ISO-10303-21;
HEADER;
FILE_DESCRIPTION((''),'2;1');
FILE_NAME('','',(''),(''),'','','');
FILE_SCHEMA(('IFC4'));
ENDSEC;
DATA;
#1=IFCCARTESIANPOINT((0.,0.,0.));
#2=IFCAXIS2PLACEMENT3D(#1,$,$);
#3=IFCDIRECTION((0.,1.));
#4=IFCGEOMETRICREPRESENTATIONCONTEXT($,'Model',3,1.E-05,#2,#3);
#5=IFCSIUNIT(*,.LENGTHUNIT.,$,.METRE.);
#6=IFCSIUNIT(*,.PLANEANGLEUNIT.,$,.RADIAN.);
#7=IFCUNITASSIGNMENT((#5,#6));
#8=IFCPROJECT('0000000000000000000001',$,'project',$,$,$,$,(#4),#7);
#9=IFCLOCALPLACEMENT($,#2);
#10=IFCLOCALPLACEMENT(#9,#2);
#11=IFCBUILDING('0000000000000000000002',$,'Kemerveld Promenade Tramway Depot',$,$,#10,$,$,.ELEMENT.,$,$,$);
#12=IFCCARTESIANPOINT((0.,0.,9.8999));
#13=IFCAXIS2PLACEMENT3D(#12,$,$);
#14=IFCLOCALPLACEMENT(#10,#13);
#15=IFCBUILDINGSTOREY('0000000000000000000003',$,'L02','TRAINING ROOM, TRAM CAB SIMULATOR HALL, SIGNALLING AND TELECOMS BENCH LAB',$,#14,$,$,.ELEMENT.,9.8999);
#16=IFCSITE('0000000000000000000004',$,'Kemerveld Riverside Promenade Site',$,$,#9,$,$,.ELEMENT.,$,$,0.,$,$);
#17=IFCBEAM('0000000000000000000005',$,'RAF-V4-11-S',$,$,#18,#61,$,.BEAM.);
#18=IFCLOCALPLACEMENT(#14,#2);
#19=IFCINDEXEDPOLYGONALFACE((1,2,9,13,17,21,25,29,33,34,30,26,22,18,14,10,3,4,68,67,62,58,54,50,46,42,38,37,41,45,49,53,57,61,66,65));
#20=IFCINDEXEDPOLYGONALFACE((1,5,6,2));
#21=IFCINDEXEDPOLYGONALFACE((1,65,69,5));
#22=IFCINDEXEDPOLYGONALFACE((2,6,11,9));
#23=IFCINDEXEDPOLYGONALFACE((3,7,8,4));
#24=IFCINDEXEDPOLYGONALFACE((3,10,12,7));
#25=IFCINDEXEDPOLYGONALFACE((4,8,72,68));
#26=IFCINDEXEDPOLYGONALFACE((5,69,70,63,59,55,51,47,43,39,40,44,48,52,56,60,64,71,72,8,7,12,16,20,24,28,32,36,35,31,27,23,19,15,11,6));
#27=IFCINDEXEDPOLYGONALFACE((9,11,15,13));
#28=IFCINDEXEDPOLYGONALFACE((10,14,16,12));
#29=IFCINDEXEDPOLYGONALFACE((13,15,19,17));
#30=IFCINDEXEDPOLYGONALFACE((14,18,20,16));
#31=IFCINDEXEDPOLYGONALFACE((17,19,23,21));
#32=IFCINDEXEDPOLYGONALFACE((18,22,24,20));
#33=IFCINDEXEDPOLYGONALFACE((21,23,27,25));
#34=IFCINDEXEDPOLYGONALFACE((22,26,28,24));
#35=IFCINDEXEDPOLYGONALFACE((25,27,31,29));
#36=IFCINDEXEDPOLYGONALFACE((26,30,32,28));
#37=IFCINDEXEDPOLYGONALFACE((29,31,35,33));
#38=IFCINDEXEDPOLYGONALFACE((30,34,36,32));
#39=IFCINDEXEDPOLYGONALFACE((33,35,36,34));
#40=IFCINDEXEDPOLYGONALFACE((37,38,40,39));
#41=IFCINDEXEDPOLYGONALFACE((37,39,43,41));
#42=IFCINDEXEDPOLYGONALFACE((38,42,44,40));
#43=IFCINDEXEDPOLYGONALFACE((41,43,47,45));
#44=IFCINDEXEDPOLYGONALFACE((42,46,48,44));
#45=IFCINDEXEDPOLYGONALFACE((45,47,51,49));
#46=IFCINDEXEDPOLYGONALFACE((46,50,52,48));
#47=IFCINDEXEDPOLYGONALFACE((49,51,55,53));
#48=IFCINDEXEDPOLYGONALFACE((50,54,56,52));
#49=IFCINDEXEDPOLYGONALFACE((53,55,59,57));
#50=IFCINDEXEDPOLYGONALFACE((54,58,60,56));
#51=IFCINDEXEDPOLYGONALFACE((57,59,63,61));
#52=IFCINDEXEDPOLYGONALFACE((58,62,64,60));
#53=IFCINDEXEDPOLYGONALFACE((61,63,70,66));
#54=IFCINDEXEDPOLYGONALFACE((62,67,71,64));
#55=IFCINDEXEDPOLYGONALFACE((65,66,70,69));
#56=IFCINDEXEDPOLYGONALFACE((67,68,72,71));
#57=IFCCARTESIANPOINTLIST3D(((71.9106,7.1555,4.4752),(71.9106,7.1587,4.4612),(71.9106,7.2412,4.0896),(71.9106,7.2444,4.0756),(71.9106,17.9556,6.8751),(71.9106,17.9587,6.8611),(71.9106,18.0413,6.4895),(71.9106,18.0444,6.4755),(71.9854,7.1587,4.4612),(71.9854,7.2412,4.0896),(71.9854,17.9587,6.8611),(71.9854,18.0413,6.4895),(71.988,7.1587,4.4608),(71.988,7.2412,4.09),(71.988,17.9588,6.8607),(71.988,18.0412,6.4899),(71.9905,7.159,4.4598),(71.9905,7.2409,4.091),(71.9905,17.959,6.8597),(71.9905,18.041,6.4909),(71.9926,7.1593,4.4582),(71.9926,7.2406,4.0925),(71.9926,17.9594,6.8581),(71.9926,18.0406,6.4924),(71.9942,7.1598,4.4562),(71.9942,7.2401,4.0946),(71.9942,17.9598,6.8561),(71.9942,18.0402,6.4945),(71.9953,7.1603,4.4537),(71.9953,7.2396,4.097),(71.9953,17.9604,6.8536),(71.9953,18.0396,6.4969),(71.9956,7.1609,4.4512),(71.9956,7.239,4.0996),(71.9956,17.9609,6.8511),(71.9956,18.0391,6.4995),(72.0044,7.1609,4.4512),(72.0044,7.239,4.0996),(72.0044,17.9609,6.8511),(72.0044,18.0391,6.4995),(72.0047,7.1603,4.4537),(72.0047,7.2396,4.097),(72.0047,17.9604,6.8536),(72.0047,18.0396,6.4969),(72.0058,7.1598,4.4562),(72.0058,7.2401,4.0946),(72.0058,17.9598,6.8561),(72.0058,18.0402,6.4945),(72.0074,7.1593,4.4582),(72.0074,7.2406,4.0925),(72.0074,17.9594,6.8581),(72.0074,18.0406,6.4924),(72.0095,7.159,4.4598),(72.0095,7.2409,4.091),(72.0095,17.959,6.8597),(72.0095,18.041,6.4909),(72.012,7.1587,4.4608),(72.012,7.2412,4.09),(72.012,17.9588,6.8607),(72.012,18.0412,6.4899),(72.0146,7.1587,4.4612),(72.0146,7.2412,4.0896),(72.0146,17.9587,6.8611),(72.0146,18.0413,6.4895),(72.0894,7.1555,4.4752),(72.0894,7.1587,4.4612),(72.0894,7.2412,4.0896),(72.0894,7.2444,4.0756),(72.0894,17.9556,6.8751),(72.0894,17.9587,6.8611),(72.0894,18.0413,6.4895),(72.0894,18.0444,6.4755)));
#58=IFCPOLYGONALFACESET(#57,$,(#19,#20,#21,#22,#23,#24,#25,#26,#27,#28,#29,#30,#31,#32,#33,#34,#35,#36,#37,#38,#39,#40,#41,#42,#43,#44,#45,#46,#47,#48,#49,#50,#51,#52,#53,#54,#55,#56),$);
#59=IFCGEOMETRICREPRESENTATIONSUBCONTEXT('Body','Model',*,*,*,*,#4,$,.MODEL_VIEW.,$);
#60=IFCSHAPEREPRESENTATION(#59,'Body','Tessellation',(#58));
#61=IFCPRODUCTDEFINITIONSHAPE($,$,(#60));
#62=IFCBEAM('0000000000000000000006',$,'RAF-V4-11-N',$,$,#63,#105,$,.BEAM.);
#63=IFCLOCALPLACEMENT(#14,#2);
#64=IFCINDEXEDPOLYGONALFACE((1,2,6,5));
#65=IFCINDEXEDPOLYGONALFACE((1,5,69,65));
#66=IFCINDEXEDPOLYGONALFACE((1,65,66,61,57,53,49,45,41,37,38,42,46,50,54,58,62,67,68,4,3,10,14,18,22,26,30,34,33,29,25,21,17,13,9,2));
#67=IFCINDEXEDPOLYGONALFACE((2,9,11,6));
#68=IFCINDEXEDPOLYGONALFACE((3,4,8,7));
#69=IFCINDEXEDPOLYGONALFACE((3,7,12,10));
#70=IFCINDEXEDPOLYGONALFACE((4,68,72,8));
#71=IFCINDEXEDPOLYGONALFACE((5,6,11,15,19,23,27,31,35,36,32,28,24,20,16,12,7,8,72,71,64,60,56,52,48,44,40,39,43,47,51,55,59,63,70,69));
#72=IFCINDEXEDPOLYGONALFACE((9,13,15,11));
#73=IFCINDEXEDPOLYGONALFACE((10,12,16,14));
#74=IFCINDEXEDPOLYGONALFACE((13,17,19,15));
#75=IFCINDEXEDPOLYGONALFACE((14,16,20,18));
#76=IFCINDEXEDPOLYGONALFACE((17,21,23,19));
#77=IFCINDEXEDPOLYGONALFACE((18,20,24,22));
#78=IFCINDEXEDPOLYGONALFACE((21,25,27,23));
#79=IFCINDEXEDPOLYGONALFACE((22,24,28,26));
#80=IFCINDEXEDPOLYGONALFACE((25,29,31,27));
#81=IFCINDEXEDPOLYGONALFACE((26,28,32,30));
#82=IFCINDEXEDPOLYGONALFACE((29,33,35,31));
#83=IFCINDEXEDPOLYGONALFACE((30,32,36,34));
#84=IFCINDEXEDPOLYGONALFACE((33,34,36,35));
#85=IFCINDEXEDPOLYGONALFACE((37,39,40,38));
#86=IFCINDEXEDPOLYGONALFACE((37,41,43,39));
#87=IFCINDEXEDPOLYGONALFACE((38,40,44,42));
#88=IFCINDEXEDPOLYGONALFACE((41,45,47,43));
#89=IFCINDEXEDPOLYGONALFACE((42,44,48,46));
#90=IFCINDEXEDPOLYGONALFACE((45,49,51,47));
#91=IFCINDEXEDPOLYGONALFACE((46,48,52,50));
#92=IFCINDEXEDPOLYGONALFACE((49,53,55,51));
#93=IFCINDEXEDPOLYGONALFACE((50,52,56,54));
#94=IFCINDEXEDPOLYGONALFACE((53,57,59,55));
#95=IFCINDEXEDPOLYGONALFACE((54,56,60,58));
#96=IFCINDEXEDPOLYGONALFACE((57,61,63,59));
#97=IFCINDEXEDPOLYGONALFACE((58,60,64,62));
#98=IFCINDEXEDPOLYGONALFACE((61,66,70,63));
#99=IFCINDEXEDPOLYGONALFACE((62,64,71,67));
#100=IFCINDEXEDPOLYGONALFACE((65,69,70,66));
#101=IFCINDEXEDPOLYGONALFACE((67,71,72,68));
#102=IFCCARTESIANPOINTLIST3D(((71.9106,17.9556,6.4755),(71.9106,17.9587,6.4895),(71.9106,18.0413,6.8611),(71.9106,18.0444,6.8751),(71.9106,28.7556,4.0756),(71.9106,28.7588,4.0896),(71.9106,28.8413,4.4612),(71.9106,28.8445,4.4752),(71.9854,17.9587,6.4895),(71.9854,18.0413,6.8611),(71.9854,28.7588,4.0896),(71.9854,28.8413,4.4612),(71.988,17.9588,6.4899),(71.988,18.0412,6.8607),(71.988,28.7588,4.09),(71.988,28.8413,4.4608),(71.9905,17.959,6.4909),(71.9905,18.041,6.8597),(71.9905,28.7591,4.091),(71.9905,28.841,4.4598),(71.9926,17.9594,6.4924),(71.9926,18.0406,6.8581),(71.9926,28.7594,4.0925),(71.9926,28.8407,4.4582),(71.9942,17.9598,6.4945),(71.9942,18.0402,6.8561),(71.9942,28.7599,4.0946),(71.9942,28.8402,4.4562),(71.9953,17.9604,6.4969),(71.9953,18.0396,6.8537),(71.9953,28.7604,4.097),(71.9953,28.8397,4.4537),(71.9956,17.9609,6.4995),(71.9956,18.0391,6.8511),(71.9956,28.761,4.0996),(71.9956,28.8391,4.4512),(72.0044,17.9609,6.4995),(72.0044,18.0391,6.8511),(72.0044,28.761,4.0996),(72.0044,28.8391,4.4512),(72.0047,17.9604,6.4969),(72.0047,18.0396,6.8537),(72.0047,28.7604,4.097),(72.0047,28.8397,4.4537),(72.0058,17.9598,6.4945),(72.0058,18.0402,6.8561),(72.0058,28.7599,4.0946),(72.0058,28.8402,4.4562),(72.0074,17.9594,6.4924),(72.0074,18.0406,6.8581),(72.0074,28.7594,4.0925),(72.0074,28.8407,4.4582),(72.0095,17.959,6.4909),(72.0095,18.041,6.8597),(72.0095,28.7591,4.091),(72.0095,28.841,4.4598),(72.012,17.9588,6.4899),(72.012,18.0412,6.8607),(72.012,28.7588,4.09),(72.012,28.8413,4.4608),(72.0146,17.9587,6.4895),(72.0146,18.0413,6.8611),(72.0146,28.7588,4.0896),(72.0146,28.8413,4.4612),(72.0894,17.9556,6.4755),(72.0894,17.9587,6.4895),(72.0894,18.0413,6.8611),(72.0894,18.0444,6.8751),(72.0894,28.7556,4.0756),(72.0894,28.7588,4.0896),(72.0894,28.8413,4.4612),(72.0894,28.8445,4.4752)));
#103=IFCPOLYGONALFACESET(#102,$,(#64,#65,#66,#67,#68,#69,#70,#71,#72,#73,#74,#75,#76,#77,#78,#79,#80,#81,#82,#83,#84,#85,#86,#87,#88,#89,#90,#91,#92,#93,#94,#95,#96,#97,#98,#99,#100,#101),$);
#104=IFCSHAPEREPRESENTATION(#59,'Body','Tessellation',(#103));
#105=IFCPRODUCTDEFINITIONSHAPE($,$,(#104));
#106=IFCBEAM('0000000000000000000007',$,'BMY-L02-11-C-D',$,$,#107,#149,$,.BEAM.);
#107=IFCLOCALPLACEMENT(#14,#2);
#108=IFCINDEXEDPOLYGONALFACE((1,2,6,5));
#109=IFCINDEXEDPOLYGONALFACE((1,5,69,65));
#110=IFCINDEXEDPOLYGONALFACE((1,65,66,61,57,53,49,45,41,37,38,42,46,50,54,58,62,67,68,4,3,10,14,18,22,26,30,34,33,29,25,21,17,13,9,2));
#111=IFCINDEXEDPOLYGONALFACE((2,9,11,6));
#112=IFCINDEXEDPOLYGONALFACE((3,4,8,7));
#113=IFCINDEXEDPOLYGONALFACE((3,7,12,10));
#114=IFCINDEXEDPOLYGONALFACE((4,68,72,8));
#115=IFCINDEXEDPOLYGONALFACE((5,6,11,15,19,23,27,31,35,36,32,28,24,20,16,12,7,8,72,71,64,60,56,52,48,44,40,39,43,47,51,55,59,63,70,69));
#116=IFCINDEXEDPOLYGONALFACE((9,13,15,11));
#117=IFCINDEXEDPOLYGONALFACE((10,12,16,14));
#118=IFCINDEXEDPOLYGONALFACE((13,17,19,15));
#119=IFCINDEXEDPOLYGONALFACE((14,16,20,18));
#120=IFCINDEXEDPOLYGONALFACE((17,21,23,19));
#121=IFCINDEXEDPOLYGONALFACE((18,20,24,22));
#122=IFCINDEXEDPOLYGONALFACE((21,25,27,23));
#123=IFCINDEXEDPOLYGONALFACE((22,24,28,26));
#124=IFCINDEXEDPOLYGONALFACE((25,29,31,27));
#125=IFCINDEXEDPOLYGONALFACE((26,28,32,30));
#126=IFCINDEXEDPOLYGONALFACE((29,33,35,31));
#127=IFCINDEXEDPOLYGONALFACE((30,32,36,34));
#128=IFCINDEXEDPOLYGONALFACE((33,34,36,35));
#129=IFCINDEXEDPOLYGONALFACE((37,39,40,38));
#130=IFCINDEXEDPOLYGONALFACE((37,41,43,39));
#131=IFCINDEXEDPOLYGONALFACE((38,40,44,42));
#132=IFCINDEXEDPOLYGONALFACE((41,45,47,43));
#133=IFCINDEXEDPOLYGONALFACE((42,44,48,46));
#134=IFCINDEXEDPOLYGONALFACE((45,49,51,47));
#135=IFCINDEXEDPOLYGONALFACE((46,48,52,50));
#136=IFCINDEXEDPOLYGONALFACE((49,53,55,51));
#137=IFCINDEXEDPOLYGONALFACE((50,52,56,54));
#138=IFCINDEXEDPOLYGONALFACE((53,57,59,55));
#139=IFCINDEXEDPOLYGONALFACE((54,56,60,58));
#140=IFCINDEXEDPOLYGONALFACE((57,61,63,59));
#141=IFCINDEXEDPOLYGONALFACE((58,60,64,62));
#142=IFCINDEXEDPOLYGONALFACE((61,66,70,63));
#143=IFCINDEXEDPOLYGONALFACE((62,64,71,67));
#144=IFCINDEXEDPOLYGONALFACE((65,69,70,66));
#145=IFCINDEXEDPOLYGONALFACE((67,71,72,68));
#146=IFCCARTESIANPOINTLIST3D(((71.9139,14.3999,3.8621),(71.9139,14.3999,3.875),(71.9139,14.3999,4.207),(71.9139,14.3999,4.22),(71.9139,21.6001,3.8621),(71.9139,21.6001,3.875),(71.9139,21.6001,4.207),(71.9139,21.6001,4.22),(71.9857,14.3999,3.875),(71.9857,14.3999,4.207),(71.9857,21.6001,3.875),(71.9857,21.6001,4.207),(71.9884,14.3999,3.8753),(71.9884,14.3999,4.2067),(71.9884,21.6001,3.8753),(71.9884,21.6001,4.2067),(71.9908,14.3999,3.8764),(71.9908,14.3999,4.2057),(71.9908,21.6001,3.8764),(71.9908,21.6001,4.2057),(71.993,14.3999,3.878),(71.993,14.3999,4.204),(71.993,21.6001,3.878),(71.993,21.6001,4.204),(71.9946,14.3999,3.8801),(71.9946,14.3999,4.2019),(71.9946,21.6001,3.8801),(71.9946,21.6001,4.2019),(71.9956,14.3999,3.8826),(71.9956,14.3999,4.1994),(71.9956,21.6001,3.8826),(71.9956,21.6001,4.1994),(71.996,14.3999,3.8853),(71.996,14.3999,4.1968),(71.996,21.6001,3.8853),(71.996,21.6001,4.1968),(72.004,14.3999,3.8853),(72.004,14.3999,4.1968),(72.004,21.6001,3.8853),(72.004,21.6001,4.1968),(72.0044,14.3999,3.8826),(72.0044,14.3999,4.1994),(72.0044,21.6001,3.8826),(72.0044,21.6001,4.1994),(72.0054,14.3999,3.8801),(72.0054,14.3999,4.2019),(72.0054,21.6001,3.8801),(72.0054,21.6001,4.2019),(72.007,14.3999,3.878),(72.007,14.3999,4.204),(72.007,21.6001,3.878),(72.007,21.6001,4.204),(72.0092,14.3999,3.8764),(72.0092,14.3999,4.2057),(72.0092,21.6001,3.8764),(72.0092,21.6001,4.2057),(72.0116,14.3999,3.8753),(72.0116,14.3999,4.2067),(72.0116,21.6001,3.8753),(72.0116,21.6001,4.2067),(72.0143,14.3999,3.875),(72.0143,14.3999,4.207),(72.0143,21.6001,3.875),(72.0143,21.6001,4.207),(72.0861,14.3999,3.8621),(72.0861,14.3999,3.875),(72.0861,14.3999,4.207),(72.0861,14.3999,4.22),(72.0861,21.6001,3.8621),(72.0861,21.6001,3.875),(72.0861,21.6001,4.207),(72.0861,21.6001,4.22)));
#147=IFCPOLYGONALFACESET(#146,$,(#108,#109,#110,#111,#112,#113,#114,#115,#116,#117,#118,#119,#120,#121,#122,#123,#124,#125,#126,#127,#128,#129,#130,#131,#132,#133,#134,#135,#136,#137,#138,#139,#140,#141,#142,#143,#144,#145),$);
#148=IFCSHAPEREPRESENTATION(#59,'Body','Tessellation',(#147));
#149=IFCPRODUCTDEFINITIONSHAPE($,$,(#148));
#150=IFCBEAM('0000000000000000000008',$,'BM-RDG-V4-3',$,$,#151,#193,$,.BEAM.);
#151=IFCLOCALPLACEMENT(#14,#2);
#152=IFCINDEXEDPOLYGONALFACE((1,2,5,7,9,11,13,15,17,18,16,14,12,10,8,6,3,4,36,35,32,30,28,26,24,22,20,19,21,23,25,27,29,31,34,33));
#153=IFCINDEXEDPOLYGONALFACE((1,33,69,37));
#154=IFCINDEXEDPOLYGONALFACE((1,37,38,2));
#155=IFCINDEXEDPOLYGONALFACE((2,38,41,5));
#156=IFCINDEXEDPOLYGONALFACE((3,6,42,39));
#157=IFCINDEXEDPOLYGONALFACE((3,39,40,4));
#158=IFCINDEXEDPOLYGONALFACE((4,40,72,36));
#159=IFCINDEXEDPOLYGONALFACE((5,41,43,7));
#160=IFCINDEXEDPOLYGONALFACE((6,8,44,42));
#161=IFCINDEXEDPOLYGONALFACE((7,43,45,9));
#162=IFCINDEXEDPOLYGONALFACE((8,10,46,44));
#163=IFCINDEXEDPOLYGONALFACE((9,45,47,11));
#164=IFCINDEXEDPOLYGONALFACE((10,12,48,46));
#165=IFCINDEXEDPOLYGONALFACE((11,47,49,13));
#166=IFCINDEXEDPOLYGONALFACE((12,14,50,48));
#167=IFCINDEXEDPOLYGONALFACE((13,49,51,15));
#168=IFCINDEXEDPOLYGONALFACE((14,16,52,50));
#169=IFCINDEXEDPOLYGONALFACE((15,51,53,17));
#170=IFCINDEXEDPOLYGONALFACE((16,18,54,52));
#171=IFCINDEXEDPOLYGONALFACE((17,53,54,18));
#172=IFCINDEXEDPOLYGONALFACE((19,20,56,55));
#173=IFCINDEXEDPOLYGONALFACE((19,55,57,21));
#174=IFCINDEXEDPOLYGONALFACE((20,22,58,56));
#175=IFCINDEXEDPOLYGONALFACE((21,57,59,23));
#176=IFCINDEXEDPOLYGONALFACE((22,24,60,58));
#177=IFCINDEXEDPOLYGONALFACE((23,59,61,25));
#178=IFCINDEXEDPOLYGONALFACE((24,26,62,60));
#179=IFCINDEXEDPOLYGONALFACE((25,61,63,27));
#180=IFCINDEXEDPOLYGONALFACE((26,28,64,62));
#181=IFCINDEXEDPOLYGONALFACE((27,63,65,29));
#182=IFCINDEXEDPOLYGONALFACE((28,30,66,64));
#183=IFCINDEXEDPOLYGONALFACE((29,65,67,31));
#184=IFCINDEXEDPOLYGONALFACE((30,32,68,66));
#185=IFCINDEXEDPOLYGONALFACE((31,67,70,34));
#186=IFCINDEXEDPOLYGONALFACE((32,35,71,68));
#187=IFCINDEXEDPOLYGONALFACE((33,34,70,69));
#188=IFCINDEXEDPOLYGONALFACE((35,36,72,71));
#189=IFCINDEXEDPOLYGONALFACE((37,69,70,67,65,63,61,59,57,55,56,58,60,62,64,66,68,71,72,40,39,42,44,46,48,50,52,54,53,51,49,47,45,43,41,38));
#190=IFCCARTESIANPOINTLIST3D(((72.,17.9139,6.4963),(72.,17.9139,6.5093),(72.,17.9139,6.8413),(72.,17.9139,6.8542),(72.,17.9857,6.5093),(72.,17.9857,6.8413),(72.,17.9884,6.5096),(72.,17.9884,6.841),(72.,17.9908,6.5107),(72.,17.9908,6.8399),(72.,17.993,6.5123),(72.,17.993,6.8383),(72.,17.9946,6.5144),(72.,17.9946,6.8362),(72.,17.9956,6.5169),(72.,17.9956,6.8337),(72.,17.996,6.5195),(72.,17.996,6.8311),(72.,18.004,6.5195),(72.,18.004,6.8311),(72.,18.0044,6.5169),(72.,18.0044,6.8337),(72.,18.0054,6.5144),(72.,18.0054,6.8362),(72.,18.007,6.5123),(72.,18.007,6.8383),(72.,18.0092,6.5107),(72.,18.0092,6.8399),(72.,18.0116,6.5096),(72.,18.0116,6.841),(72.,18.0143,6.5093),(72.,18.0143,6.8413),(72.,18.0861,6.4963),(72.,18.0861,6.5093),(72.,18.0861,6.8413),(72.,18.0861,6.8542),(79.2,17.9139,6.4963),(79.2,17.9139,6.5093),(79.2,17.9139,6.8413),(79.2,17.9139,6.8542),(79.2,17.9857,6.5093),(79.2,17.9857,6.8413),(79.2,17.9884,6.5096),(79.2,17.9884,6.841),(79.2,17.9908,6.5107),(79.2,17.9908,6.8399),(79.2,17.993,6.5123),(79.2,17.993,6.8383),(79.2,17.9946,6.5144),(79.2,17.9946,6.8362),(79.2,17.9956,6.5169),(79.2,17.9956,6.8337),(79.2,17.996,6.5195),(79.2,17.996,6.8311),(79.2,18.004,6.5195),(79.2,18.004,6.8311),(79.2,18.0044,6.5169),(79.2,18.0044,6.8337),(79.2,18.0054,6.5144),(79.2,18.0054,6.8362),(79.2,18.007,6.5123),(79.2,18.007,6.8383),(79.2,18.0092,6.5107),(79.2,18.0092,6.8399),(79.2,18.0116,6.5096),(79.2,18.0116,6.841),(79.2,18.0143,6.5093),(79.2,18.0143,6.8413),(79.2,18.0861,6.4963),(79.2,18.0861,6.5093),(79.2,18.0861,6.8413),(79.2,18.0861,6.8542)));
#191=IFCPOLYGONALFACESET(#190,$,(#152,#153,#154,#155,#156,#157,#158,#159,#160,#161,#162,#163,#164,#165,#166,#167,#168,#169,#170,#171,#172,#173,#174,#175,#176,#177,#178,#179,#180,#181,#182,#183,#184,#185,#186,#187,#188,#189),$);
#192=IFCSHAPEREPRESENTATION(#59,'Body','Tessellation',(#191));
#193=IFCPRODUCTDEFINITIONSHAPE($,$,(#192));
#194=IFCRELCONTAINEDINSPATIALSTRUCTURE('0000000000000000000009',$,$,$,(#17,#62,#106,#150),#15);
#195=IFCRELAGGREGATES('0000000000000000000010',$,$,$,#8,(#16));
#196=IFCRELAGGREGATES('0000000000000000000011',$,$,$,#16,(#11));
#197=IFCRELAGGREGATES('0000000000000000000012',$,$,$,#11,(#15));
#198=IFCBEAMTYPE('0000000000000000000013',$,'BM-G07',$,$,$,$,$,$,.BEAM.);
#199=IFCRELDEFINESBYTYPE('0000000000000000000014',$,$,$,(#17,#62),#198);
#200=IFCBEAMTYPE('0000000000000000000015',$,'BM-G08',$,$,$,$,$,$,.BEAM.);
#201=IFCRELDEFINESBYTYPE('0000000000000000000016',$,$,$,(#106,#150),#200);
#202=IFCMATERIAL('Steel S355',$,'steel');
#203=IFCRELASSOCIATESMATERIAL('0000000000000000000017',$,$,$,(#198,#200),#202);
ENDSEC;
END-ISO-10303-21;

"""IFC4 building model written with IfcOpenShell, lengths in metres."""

from ifc_helpers import new_model, si_unit, direction, frame, origin, origin_2d, place, context, subcontext, project, spatial, i_section, extrude, material, material_profile, profile_set, type_object, element, save


model = new_model("IFC4")

# Units and contexts
model_context = context("Model", 3, precision=1e-05, world=origin(), true_north=direction((0.0, 1.0)))
body_context = subcontext(model_context, "Body", "Model", "MODEL_VIEW")
ifc_project = project(units=[si_unit("LENGTHUNIT", "METRE"), si_unit("PLANEANGLEUNIT", "RADIAN")], contexts=[model_context])

# Site, building, storey
site_placement = place(None, origin())
site = spatial("IfcSite", under=ifc_project, at=site_placement, Name="Kemerveld Riverside Promenade Site", CompositionType="ELEMENT", RefElevation=0.0)
building_placement = place(site_placement, origin())
building = spatial("IfcBuilding", under=site, at=building_placement, Name="Kemerveld Promenade Tramway Depot", CompositionType="ELEMENT")
storey_placement = place(building_placement, frame((0.0, 0.0, 9.8999)))
storey = spatial("IfcBuildingStorey", under=building, at=storey_placement, Name="L02", Description="TRAINING ROOM, TRAM CAB SIMULATOR HALL, SIGNALLING AND TELECOMS BENCH LAB", CompositionType="ELEMENT", Elevation=9.8999)

# Shared definitions
ifc_material_1 = material(Name="Steel S355", Category="steel")

# Beams
ifc_material_profile_1 = material_profile(ifc_material_1, i_section(OverallWidth=0.1787, OverallDepth=0.4094, WebThickness=0.0088, FlangeThickness=0.0144, FilletRadius=0.0103, at=origin_2d()), Name="406x178x67 UB")
ifc_profile_set_1 = profile_set([ifc_material_profile_1], Name="Steel S355")
beam_type_1 = type_object("IfcBeamType", Name="BM-G07", PredefinedType="BEAM", material=ifc_profile_set_1)
for number, where, z_axis, x_axis, name in (
    (1, (72.0, 7.2, 4.2754), (0.0, 0.976189, 0.216921), (-1.0, 0.0, 0.0), "RAF-V4-11-S"),
    (2, (72.0, 18.0, 6.6753), (0.0, 0.976189, -0.216921), (-1.0, 0.0, 0.0), "RAF-V4-11-N"),
):
    element("IfcBeam", number, at=place(storey_placement, frame(where, z_axis=z_axis, x_axis=x_axis)), inside=storey, type_object=beam_type_1, Name=name, PredefinedType="BEAM", context=body_context, shape_type="SweptSolid", body=[
        extrude(i_section(OverallWidth=0.1787, OverallDepth=0.4094, WebThickness=0.0088, FlangeThickness=0.0144, FilletRadius=0.0103, at=origin_2d()), origin(), (0.0, 0.0, 1.0), 11.0635),
    ])
ifc_material_profile_2 = material_profile(ifc_material_1, i_section(OverallWidth=0.1721, OverallDepth=0.3579, WebThickness=0.0081, FlangeThickness=0.0129, FilletRadius=0.0103, at=origin_2d()), Name="356x171x57 UB")
ifc_profile_set_2 = profile_set([ifc_material_profile_2], Name="Steel S355")
beam_type_2 = type_object("IfcBeamType", Name="BM-G08", PredefinedType="BEAM", material=ifc_profile_set_2)
beam_1_placement = place(storey_placement, frame((72.0, 14.3999, 4.041), z_axis=(0.0, 1.0, 0.0), x_axis=(-1.0, 0.0, 0.0)))
element("IfcBeam", 3, at=beam_1_placement, inside=storey, type_object=beam_type_2, Name="BMY-L02-11-C-D", PredefinedType="BEAM", context=body_context, shape_type="SweptSolid", body=[
    extrude(i_section(OverallWidth=0.1721, OverallDepth=0.3579, WebThickness=0.0081, FlangeThickness=0.0129, FilletRadius=0.0103, at=origin_2d()), origin(), (0.0, 0.0, 1.0), 7.2002),
])
beam_2_placement = place(storey_placement, frame((72.0, 18.0, 6.6753), z_axis=(1.0, 0.0, 0.0), x_axis=(0.0, 1.0, 0.0)))
element("IfcBeam", 4, at=beam_2_placement, inside=storey, type_object=beam_type_2, Name="BM-RDG-V4-3", PredefinedType="BEAM", context=body_context, shape_type="SweptSolid", body=[
    extrude(i_section(OverallWidth=0.1721, OverallDepth=0.3579, WebThickness=0.0081, FlangeThickness=0.0129, FilletRadius=0.0103, at=origin_2d()), origin(), (0.0, 0.0, 1.0), 7.2),
])

save(model, "model.ifc")
